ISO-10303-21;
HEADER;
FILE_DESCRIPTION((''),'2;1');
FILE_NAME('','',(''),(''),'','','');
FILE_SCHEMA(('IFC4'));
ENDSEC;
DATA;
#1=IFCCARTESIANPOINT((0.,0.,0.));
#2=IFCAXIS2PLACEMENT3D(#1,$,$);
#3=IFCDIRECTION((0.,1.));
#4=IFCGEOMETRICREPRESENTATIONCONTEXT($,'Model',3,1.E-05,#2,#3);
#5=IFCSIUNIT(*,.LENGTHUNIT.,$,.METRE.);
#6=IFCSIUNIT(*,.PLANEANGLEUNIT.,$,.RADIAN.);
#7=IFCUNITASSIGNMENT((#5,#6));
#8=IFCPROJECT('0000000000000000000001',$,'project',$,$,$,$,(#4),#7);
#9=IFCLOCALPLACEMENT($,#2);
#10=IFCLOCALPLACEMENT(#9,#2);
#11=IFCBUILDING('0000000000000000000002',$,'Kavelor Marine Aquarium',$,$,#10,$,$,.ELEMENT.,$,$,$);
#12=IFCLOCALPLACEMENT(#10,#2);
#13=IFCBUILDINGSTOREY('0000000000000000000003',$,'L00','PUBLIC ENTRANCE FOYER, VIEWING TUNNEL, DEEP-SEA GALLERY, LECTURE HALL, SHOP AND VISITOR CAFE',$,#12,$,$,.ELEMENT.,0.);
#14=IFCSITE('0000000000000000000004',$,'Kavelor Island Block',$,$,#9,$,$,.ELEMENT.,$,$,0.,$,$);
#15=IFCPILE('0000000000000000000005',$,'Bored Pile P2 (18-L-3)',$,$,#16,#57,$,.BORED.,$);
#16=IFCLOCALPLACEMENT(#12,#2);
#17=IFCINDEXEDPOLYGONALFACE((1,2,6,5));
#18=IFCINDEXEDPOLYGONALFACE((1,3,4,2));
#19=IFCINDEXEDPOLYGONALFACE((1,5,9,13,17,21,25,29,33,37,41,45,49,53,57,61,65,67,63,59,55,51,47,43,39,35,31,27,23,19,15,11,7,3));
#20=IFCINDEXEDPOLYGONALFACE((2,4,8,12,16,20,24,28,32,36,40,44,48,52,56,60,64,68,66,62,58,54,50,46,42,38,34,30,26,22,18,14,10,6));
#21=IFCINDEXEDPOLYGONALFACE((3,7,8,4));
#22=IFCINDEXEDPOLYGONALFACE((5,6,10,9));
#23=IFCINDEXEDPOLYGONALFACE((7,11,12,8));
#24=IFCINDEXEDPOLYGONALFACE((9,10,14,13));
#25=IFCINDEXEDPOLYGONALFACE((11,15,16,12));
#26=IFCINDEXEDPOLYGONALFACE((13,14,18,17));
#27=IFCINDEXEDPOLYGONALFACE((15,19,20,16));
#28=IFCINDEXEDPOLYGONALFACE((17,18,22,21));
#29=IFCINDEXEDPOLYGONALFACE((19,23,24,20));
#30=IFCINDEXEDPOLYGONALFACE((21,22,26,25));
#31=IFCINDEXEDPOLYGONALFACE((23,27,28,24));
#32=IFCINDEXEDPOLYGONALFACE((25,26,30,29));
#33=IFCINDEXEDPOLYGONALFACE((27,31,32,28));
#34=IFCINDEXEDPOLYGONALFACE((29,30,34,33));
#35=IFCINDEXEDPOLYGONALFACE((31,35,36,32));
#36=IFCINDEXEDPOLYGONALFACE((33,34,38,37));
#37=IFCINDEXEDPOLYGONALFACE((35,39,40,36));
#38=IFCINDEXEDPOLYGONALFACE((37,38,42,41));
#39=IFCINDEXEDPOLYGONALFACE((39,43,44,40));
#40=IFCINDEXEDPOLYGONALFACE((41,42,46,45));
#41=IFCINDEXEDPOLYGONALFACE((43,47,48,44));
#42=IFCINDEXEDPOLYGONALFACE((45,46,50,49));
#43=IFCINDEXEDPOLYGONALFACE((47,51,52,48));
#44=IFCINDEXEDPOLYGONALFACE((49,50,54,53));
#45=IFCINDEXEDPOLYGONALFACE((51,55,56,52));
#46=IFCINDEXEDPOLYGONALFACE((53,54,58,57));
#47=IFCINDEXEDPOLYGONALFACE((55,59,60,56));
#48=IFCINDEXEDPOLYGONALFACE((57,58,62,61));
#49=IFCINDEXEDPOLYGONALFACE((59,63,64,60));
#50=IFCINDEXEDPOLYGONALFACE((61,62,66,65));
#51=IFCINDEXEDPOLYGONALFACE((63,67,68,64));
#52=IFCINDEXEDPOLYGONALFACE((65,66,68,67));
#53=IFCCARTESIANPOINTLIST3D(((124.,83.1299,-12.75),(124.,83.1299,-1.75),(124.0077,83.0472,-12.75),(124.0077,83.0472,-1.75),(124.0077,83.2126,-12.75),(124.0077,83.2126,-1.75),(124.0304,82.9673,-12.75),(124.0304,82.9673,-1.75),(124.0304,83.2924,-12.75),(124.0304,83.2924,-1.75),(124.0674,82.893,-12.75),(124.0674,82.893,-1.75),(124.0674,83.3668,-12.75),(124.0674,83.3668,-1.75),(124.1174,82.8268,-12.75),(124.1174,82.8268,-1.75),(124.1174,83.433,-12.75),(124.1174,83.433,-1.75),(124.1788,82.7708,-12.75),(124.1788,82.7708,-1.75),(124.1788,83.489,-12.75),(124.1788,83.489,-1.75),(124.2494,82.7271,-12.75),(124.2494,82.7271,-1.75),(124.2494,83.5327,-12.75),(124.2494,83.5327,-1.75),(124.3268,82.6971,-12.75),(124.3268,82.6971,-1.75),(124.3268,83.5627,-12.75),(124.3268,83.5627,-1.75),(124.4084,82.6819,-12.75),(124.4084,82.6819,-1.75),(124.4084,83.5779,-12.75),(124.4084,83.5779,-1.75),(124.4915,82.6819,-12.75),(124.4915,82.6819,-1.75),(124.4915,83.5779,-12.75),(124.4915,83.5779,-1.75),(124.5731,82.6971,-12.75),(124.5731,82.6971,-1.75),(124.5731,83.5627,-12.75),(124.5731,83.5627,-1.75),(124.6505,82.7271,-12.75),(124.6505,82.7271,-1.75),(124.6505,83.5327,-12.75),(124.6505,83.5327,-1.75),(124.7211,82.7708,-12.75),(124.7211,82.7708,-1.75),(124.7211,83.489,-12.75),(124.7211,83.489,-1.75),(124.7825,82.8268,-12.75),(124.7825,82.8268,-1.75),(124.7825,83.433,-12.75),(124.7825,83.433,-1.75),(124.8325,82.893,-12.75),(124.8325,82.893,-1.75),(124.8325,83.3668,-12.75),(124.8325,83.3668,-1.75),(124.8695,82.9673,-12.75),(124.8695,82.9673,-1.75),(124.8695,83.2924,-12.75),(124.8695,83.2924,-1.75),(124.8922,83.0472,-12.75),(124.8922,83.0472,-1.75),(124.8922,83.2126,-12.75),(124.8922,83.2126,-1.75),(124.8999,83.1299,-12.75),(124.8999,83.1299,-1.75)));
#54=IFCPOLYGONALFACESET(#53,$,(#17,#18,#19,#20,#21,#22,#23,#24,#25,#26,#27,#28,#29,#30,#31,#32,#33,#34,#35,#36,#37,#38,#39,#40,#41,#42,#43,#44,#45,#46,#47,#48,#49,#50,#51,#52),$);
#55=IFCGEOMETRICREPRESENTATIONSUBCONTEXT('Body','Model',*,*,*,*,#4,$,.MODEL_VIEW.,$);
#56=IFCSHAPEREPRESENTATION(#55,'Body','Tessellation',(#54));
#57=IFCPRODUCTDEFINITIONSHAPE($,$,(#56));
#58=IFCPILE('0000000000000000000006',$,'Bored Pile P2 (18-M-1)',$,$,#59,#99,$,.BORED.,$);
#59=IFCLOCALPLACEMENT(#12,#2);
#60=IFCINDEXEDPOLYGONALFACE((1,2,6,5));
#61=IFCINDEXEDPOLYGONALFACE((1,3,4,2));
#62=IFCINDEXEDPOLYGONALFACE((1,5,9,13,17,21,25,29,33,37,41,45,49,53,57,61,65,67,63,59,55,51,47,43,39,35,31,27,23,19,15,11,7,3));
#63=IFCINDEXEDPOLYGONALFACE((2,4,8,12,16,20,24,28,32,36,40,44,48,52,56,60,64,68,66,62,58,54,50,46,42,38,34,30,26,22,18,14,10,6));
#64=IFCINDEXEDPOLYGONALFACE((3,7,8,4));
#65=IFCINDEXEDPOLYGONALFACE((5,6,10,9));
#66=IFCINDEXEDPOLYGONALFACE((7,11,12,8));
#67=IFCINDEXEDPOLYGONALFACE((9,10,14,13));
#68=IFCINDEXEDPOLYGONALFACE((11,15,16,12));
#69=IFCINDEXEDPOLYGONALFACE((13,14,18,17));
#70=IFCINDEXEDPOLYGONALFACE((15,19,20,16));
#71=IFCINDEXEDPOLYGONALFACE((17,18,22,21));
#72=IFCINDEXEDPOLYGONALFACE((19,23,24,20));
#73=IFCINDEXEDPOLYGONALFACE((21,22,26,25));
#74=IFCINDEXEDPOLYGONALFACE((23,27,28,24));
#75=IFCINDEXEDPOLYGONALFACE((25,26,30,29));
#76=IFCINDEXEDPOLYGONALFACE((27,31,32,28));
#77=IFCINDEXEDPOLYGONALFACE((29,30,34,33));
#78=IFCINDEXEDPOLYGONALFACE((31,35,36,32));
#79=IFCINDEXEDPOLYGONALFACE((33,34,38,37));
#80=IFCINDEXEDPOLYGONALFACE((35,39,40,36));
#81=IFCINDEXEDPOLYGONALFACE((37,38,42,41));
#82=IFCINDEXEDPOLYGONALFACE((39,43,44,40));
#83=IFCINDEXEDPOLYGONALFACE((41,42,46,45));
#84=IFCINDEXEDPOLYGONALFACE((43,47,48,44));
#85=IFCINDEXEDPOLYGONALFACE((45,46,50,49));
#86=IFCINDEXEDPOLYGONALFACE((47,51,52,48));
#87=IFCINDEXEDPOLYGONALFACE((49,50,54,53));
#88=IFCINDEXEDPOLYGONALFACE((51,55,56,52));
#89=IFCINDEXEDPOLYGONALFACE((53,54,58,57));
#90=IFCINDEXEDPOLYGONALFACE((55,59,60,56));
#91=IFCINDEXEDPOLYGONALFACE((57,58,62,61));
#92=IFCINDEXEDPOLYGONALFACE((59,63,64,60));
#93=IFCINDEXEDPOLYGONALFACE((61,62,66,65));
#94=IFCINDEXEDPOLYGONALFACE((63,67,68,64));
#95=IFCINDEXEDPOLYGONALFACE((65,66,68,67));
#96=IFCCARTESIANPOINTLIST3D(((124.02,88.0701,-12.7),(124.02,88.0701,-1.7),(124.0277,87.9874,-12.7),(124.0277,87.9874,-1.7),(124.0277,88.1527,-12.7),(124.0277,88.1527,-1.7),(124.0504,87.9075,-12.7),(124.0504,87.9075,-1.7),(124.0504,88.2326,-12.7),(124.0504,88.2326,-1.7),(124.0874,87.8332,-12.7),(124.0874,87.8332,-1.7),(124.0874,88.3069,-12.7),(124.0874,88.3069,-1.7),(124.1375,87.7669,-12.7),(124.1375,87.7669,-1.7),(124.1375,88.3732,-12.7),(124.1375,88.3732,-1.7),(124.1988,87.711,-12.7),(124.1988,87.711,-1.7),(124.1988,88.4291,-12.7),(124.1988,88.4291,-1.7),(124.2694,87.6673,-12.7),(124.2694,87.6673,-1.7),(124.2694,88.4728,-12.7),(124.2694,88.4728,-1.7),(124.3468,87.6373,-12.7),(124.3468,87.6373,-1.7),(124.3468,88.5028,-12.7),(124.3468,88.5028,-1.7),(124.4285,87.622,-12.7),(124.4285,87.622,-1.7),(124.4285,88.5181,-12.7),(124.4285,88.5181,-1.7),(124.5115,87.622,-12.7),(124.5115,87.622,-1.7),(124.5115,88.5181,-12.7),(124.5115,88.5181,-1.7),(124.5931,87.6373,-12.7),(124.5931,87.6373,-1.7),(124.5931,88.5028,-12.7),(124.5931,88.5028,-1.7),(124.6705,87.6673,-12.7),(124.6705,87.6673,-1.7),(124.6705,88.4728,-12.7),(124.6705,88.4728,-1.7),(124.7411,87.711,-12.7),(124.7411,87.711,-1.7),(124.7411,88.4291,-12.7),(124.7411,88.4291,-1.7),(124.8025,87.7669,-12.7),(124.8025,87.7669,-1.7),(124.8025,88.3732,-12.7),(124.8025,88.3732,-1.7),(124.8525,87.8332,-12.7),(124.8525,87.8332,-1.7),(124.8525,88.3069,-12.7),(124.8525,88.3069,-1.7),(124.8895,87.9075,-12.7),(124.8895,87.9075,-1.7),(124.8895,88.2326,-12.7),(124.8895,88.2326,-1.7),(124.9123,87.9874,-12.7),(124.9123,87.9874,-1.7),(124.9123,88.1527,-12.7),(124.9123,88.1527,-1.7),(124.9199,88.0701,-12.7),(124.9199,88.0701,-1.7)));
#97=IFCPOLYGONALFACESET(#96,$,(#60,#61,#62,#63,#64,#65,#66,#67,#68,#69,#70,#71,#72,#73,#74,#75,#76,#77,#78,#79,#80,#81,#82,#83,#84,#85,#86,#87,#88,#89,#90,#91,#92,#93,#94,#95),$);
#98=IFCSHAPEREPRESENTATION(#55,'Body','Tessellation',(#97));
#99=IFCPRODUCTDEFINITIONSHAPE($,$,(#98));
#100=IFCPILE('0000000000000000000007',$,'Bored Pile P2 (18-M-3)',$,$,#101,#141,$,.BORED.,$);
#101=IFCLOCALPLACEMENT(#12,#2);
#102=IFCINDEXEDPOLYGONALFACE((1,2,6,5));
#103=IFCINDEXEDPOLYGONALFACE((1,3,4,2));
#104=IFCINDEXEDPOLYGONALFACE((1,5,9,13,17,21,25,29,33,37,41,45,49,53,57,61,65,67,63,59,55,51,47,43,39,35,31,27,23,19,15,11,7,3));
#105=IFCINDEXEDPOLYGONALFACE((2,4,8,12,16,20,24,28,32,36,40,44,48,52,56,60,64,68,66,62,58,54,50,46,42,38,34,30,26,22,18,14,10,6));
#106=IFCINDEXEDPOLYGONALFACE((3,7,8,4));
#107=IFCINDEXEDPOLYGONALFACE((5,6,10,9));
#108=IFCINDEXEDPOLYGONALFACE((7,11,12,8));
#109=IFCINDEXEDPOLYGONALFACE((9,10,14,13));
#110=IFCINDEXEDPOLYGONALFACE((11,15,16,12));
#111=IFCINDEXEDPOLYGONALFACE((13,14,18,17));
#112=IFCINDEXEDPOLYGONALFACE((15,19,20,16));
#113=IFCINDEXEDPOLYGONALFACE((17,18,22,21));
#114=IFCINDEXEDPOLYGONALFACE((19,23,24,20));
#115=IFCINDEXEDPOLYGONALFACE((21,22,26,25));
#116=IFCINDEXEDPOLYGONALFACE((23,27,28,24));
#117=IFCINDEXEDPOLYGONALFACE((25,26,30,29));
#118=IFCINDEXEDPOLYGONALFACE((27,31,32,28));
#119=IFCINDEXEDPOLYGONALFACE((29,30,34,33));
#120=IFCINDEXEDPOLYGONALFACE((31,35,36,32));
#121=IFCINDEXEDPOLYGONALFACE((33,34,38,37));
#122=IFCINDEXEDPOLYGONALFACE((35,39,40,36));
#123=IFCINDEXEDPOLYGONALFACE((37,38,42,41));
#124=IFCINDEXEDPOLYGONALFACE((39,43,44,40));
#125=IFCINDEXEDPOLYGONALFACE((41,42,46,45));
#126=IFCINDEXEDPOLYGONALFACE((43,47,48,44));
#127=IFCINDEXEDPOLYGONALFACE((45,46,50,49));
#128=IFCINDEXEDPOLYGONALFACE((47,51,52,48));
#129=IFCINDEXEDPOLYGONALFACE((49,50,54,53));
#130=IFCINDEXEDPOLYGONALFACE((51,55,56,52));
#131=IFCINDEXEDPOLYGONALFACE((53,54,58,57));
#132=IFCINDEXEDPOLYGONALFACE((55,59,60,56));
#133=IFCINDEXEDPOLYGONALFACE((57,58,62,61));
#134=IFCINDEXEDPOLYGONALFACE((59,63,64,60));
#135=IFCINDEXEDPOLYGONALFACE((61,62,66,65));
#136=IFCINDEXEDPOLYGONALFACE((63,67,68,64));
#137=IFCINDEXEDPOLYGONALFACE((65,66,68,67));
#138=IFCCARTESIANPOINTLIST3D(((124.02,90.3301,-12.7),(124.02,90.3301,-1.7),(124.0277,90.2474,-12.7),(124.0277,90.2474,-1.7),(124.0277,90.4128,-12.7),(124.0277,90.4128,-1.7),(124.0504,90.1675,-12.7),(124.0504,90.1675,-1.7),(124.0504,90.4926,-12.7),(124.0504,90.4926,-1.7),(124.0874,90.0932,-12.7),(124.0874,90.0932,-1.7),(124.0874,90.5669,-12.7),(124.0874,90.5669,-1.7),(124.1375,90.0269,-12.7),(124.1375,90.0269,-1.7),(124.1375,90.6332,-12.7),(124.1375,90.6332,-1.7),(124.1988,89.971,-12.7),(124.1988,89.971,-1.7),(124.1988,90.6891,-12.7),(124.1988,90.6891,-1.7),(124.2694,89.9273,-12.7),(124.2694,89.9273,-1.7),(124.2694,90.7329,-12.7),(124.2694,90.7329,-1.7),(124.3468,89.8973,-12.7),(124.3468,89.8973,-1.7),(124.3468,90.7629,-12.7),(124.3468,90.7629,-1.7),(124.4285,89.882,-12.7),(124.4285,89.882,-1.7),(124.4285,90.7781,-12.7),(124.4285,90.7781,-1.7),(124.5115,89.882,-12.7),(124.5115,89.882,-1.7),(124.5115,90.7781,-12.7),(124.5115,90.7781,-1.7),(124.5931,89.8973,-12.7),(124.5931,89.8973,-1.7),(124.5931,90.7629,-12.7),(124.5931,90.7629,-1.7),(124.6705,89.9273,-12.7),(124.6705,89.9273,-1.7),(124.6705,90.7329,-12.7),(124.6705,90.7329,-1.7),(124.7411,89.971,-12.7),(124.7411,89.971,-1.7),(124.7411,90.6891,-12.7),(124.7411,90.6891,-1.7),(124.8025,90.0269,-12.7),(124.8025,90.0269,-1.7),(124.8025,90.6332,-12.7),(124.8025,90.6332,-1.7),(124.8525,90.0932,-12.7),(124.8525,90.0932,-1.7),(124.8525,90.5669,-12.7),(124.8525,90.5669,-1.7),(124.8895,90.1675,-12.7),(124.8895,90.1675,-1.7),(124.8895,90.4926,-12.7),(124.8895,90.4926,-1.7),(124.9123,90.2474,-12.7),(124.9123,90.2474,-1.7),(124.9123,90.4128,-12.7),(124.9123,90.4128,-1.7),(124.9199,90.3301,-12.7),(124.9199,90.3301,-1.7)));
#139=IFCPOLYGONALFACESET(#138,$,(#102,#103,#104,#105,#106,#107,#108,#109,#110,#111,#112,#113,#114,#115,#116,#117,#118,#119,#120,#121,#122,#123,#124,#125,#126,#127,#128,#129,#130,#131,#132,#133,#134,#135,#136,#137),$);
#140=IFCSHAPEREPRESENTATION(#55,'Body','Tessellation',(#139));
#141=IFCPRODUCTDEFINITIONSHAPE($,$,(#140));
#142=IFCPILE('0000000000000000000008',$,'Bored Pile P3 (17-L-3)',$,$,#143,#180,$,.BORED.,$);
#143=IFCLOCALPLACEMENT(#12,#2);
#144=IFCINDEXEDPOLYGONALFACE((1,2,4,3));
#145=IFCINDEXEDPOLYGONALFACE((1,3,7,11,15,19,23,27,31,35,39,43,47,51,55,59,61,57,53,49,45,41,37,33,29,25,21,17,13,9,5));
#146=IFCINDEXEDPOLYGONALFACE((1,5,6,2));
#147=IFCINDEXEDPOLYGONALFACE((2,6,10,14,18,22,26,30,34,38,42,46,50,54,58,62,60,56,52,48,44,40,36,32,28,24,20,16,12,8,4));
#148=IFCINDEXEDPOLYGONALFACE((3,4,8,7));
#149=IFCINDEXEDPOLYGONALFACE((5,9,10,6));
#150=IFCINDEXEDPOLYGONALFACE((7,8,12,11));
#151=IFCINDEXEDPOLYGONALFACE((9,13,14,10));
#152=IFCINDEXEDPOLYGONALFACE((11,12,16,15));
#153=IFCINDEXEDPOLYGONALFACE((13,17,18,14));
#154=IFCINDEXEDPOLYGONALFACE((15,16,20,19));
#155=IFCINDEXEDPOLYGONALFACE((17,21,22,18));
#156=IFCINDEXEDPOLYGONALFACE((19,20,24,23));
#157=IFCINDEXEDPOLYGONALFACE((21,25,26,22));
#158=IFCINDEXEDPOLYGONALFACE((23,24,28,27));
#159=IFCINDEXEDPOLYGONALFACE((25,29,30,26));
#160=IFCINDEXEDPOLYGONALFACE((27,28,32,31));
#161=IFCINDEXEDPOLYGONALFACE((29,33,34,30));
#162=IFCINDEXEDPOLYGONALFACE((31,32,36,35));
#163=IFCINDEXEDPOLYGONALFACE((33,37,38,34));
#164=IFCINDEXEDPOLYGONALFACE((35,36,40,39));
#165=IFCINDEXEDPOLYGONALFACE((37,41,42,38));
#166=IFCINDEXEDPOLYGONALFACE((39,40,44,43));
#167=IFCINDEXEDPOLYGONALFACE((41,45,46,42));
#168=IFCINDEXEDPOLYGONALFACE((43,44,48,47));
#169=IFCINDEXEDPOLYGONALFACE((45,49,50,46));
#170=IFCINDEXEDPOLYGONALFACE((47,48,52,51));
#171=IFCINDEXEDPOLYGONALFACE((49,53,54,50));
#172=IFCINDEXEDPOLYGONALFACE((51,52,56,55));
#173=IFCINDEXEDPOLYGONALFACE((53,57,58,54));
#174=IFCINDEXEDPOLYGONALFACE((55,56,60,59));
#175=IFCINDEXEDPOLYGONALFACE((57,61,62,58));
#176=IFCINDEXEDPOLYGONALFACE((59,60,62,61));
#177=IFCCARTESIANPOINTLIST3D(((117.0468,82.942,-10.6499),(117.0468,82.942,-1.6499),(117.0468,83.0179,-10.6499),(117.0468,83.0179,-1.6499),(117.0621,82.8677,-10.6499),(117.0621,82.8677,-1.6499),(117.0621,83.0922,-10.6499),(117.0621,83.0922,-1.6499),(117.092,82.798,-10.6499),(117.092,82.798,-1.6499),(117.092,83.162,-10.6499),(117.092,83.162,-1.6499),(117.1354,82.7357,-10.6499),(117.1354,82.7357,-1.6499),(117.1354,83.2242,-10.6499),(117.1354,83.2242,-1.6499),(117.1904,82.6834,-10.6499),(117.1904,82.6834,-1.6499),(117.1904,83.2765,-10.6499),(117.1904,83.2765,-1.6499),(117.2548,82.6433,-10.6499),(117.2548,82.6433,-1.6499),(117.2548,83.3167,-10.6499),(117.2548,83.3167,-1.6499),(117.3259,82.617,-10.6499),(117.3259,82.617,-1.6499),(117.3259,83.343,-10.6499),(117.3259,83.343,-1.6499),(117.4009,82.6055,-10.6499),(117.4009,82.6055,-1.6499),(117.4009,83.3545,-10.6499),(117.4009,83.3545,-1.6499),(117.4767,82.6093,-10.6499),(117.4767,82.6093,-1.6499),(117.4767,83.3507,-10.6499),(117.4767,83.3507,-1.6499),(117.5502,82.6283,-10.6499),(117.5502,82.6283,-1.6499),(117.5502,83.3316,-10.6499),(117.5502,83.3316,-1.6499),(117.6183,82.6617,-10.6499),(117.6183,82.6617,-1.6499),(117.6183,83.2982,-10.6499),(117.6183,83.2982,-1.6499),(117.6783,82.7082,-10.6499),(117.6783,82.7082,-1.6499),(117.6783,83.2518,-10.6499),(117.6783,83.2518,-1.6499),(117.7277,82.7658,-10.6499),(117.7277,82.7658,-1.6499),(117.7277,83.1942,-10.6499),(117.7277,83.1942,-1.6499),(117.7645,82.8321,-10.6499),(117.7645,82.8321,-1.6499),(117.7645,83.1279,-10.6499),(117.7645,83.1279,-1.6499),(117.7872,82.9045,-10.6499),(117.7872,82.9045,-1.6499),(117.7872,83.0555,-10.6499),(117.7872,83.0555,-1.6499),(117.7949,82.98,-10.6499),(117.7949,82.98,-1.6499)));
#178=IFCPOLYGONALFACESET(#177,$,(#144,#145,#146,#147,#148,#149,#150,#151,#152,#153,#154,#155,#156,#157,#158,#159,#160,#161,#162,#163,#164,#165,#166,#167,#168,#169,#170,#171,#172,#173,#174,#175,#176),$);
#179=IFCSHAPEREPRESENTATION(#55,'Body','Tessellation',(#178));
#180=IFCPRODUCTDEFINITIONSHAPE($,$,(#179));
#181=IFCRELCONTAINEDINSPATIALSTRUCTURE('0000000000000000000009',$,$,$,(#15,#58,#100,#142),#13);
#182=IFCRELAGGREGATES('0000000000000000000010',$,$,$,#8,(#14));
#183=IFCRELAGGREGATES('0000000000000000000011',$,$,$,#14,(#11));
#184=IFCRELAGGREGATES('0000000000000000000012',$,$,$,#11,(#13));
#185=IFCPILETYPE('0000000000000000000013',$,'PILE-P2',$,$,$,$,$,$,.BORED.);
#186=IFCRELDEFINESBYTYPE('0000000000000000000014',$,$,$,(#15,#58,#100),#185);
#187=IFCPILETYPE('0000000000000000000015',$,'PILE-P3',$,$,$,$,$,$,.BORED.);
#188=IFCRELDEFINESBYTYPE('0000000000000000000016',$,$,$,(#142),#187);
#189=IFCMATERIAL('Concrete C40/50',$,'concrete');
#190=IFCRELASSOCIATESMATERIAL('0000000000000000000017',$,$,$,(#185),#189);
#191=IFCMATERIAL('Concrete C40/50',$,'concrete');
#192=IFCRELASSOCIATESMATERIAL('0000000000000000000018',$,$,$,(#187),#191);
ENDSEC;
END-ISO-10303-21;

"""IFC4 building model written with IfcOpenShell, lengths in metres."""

from ifc_helpers import new_model, si_unit, direction, frame, origin, origin_2d, place, context, subcontext, project, spatial, circle, extrude, material, material_profile, profile_set, type_object, element, save


model = new_model("IFC4")

# Units and contexts
model_context = context("Model", 3, precision=1e-05, world=origin(), true_north=direction((0.0, 1.0)))
body_context = subcontext(model_context, "Body", "Model", "MODEL_VIEW")
ifc_project = project(units=[si_unit("LENGTHUNIT", "METRE"), si_unit("PLANEANGLEUNIT", "RADIAN")], contexts=[model_context])

# Site, building, storey
site_placement = place(None, origin())
site = spatial("IfcSite", under=ifc_project, at=site_placement, Name="Kavelor Island Block", CompositionType="ELEMENT", RefElevation=0.0)
building_placement = place(site_placement, origin())
building = spatial("IfcBuilding", under=site, at=building_placement, Name="Kavelor Marine Aquarium", CompositionType="ELEMENT")
storey_placement = place(building_placement, origin())
storey = spatial("IfcBuildingStorey", under=building, at=storey_placement, Name="L00", Description="PUBLIC ENTRANCE FOYER, VIEWING TUNNEL, DEEP-SEA GALLERY, LECTURE HALL, SHOP AND VISITOR CAFE", CompositionType="ELEMENT", Elevation=0.0)

# Piles
ifc_material_1 = material(Name="Concrete C40/50", Category="concrete")
ifc_material_profile_1 = material_profile(ifc_material_1, circle(Radius=0.45, at=origin_2d()), Name="PILE D900")
ifc_profile_set_1 = profile_set([ifc_material_profile_1], Name="Concrete C40/50")
pile_type_1 = type_object("IfcPileType", Name="PILE-P2", PredefinedType="BORED", material=ifc_profile_set_1)
for number, where, z_axis, x_axis, name in (
    (1, (124.45, 83.1299, -1.75), (0.0, 0.0, -1.0), (1.0, 0.0, 0.0), "Bored Pile P2 (18-L-3)"),
    (2, (124.47, 88.0701, -1.7), (0.0, 0.0, -1.0), (1.0, 0.0, 0.0), "Bored Pile P2 (18-M-1)"),
    (3, (124.47, 90.3301, -1.7), (0.0, 0.0, -1.0), (1.0, 0.0, 0.0), "Bored Pile P2 (18-M-3)"),
):
    element("IfcPile", number, at=place(storey_placement, frame(where, z_axis=z_axis, x_axis=x_axis)), inside=storey, type_object=pile_type_1, Name=name, PredefinedType="BORED", context=body_context, shape_type="SweptSolid", body=[
        extrude(circle(Radius=0.45, at=origin_2d()), origin(), (0.0, 0.0, 1.0), 11.0),
    ])
ifc_material_2 = material(Name="Concrete C40/50", Category="concrete")
ifc_material_profile_2 = material_profile(ifc_material_2, circle(Radius=0.375, at=origin_2d()), Name="PILE D750")
ifc_profile_set_2 = profile_set([ifc_material_profile_2], Name="Concrete C40/50")
pile_type_2 = type_object("IfcPileType", Name="PILE-P3", PredefinedType="BORED", material=ifc_profile_set_2)
for number, where, z_axis, x_axis, name in (
    (4, (117.4199, 82.98, -1.6499), (0.0, 0.0, -1.0), (1.0, 0.0, 0.0), "Bored Pile P3 (17-L-3)"),
):
    element("IfcPile", number, at=place(storey_placement, frame(where, z_axis=z_axis, x_axis=x_axis)), inside=storey, type_object=pile_type_2, Name=name, PredefinedType="BORED", context=body_context, shape_type="SweptSolid", body=[
        extrude(circle(Radius=0.375, at=origin_2d()), origin(), (0.0, 0.0, 1.0), 9.0),
    ])

save(model, "model.ifc")
